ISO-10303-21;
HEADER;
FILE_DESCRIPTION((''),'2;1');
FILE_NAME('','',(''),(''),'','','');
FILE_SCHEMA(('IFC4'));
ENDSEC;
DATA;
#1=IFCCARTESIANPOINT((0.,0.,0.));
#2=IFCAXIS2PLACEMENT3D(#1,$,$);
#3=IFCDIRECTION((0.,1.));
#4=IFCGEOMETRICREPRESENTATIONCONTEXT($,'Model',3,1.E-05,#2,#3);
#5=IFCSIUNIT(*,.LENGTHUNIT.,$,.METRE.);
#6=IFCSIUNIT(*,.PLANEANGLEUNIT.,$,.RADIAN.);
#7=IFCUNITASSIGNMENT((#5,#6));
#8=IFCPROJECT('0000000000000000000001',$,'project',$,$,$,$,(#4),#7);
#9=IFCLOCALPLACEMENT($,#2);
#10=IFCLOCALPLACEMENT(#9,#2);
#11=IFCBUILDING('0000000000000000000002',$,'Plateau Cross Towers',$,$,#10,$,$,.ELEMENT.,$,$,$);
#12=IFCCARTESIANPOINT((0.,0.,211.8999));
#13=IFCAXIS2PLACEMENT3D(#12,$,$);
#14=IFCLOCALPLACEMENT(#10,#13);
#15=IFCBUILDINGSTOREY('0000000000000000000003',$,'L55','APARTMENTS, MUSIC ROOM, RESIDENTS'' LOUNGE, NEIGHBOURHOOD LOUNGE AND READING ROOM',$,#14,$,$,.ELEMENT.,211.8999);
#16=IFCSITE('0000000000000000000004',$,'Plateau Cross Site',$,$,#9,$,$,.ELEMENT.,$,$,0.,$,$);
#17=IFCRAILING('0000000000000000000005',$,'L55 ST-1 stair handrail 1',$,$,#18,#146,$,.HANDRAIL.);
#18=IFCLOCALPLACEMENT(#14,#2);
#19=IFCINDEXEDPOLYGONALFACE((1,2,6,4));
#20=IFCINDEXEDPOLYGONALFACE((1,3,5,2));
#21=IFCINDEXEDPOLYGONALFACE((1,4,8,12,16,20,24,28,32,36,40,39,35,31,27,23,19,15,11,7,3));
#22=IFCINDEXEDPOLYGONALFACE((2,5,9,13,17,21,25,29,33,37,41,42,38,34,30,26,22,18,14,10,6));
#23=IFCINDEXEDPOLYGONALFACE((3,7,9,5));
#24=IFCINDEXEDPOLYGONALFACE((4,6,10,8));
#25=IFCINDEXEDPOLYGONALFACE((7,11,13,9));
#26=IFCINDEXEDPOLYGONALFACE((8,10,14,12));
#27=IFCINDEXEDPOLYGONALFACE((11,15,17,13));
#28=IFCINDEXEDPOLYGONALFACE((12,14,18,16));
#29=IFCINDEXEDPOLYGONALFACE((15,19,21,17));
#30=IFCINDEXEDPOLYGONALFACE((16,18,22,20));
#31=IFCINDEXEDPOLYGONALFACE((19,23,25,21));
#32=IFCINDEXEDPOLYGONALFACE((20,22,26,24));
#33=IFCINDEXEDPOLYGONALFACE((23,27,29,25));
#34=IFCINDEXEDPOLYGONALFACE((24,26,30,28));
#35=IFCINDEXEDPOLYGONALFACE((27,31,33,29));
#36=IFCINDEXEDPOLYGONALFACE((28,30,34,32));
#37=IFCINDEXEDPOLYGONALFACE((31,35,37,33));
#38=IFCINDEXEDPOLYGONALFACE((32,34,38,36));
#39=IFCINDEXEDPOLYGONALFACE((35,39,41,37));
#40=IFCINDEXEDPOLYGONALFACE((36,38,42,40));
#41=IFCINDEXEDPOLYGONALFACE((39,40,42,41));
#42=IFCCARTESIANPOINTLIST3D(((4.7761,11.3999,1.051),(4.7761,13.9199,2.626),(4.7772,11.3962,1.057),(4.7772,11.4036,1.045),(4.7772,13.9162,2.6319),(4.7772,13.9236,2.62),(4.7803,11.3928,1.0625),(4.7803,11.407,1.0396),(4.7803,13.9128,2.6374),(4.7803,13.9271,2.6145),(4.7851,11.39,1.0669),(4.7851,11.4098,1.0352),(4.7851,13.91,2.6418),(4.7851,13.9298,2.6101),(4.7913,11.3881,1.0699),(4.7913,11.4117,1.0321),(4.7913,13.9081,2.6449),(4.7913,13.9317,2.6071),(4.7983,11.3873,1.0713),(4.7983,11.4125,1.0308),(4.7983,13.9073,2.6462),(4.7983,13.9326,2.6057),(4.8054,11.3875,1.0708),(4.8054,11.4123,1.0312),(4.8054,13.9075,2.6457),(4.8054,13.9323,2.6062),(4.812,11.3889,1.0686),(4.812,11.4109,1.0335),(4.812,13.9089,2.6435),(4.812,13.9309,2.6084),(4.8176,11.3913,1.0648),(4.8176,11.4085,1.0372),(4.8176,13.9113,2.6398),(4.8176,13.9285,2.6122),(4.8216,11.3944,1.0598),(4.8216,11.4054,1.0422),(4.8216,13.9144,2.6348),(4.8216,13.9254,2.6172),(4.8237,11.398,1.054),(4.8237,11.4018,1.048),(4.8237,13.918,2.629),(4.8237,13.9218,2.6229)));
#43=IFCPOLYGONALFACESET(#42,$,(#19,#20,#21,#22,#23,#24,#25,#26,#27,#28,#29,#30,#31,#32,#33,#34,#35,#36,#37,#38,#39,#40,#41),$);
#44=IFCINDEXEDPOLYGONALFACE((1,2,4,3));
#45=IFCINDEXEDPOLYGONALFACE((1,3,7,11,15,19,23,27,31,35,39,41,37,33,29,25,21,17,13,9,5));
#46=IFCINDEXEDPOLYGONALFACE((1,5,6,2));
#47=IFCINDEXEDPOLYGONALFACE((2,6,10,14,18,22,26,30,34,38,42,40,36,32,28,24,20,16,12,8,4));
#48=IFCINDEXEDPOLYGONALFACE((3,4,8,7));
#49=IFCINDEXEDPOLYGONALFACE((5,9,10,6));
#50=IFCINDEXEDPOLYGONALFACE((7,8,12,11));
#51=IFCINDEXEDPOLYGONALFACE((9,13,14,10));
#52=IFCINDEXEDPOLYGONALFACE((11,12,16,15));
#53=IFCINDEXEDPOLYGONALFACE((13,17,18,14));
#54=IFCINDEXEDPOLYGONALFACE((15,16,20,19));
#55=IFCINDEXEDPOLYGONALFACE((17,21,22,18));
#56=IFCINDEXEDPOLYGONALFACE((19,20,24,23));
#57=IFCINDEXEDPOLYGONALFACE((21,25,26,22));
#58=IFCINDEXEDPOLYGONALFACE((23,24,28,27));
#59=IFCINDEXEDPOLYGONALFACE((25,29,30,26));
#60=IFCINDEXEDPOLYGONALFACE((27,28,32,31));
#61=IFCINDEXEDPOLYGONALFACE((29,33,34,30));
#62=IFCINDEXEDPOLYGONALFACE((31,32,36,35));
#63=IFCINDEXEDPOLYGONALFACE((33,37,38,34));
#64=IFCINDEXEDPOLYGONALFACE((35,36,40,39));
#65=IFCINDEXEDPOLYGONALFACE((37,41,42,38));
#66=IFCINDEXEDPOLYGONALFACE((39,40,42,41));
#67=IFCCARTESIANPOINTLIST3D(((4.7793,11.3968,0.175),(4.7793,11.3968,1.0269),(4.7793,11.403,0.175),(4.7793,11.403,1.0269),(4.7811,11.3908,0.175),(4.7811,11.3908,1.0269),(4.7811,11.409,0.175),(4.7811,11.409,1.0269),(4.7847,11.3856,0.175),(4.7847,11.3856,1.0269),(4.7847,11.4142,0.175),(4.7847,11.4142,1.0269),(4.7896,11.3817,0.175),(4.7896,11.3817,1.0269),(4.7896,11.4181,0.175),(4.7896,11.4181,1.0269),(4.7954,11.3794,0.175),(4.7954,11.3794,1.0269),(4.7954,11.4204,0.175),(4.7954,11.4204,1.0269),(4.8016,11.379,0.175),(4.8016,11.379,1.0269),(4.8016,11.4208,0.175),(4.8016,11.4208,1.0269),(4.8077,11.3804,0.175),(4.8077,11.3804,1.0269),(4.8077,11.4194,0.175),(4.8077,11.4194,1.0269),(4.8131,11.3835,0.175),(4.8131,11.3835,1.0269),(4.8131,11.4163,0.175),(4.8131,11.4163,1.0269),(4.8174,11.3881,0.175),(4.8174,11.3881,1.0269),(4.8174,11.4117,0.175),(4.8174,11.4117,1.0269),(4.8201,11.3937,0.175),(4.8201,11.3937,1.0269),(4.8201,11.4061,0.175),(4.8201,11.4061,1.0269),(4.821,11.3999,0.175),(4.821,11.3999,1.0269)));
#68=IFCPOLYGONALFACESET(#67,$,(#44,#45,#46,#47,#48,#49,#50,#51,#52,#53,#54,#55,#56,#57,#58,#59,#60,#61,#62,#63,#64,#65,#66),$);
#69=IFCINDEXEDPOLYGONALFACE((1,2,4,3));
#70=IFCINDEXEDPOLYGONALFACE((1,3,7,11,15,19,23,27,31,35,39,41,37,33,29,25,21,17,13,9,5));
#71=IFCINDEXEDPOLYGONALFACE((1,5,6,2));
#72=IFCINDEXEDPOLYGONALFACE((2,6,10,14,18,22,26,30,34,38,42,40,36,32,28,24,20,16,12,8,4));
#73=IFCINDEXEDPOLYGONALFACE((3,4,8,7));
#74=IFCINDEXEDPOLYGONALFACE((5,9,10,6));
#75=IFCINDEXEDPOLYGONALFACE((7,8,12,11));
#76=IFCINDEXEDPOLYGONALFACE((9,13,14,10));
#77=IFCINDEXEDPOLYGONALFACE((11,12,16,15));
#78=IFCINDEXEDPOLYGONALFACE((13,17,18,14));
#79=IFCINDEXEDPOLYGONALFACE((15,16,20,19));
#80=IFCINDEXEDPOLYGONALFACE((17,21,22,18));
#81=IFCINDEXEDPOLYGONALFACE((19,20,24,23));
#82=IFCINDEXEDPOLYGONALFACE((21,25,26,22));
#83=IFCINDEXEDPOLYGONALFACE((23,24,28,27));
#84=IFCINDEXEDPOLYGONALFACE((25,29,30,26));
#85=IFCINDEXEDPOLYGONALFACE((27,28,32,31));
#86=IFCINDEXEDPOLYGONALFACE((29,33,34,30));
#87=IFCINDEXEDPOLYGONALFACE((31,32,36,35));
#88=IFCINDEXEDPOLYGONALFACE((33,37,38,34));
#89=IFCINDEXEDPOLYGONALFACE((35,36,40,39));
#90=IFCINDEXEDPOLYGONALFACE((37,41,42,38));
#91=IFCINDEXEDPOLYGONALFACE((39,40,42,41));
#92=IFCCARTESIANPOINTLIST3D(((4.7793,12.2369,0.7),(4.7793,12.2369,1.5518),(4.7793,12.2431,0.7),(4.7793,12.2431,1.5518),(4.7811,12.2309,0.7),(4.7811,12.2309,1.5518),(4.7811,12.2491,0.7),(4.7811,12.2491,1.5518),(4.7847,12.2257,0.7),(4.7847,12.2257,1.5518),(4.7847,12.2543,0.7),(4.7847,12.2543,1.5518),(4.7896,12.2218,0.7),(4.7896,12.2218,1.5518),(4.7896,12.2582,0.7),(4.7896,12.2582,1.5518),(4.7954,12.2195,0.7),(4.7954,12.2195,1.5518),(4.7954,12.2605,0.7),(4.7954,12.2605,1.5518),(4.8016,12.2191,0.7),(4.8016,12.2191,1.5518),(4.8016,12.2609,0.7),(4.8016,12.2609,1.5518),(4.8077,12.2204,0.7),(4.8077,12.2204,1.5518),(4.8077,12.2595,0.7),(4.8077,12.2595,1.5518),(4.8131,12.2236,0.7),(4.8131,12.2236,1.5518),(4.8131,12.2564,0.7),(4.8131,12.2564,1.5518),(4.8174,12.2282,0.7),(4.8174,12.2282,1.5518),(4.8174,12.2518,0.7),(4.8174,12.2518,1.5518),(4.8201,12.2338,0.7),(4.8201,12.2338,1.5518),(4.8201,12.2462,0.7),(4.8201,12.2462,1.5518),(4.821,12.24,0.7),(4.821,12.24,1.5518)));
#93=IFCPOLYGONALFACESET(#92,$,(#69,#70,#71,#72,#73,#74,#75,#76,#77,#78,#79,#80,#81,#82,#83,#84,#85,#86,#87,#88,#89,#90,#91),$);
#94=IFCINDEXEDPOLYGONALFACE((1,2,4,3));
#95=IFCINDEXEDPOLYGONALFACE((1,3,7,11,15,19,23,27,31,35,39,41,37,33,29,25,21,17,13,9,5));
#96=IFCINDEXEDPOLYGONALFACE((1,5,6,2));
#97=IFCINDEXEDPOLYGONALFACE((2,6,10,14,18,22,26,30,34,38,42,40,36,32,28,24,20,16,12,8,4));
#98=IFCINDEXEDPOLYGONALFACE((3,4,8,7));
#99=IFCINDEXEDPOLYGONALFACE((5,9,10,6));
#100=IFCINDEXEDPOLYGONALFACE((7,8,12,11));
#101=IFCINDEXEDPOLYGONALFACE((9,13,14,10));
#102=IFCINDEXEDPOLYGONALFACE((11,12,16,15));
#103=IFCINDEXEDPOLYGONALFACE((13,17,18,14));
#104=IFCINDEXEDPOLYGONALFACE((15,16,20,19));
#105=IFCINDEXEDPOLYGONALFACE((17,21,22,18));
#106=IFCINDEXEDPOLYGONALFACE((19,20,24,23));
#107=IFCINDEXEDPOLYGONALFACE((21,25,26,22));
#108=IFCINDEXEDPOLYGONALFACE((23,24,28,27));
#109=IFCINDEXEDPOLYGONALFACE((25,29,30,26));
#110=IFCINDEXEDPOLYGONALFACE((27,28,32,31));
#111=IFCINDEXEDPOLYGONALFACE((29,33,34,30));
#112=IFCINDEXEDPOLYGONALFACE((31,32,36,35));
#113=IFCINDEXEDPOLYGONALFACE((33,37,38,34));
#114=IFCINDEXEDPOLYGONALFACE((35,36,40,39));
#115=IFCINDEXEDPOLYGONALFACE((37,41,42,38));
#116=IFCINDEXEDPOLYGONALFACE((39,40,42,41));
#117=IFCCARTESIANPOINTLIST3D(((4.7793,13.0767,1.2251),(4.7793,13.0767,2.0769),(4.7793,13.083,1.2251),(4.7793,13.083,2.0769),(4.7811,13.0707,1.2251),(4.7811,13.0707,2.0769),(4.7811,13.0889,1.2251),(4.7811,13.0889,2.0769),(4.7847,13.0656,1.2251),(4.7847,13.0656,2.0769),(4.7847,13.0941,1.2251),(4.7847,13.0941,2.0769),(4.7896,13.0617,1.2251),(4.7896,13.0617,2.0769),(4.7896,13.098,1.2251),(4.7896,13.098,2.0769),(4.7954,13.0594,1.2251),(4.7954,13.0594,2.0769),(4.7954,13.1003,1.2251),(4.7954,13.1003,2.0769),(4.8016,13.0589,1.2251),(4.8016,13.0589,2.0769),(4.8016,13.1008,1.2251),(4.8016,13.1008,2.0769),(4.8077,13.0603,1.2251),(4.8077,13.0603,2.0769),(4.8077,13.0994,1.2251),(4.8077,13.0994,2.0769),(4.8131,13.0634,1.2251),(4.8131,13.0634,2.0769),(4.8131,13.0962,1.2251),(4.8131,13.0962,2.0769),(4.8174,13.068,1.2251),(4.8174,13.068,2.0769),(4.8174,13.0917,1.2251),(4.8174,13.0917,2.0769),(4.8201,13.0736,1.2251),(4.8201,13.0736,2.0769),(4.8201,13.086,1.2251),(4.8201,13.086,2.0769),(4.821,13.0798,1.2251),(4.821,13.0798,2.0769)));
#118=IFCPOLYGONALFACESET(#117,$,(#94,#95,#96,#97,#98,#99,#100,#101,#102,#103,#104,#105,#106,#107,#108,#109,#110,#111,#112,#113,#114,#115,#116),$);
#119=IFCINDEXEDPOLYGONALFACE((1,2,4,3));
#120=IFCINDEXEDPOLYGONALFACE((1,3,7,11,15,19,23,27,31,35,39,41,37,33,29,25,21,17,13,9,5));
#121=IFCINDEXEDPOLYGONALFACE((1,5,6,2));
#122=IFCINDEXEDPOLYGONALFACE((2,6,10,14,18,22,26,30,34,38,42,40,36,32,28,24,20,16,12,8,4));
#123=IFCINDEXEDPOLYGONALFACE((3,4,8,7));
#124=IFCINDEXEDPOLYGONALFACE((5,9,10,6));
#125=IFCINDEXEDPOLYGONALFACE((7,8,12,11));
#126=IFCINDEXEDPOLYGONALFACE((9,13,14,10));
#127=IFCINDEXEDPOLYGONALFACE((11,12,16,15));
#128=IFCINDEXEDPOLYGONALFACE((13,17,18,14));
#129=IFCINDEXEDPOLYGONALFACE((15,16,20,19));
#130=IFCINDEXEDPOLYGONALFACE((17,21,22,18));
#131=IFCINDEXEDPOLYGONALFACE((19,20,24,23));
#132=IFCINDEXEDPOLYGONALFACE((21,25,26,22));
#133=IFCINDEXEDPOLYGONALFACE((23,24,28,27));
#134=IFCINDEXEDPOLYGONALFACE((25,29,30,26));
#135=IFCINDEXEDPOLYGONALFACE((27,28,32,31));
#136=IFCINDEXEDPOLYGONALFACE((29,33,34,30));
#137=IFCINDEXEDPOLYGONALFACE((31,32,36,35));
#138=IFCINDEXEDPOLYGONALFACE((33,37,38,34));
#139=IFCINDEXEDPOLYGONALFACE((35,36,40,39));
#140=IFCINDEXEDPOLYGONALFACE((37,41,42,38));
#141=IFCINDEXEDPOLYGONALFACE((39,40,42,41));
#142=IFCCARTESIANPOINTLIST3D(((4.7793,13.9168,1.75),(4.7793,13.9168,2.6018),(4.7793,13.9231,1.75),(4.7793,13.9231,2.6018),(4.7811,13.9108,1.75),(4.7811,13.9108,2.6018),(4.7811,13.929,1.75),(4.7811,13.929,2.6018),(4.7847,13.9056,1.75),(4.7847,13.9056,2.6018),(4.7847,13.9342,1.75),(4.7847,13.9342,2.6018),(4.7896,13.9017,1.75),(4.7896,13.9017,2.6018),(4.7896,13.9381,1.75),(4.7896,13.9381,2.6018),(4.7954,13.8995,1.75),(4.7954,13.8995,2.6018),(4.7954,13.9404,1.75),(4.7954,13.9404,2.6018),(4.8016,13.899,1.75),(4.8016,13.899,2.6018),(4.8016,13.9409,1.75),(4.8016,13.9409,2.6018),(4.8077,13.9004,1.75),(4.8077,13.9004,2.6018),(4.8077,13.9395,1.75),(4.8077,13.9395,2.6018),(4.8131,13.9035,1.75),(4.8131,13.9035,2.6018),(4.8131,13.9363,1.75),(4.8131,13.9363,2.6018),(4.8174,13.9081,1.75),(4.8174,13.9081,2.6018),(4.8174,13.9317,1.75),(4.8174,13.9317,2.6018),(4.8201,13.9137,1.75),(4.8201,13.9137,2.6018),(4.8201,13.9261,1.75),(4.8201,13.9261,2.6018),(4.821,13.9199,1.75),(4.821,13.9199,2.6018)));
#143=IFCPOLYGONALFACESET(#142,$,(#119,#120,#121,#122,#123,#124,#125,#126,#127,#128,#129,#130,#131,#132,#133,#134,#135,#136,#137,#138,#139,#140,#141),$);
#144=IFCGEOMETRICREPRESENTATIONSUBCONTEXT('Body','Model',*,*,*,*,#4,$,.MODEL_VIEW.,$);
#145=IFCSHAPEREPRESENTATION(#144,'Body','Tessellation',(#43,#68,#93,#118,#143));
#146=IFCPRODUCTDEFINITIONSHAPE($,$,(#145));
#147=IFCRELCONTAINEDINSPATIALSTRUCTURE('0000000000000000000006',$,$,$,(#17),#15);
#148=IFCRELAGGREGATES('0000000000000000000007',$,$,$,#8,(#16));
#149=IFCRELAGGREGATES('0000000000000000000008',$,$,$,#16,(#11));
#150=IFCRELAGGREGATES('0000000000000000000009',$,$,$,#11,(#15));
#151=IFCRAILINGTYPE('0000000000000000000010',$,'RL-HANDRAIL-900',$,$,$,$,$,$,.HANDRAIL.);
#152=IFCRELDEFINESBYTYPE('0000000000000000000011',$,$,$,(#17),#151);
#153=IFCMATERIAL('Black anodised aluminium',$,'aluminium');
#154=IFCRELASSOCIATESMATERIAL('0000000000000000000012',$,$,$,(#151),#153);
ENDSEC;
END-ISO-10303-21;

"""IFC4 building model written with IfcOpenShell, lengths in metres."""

from ifc_helpers import new_model, si_unit, direction, frame, origin, origin_2d, place, context, subcontext, project, spatial, circle, extrude, material, type_object, element, save


model = new_model("IFC4")

# Units and contexts
model_context = context("Model", 3, precision=1e-05, world=origin(), true_north=direction((0.0, 1.0)))
body_context = subcontext(model_context, "Body", "Model", "MODEL_VIEW")
ifc_project = project(units=[si_unit("LENGTHUNIT", "METRE"), si_unit("PLANEANGLEUNIT", "RADIAN")], contexts=[model_context])

# Site, building, storey
site_placement = place(None, origin())
site = spatial("IfcSite", under=ifc_project, at=site_placement, Name="Plateau Cross Site", CompositionType="ELEMENT", RefElevation=0.0)
building_placement = place(site_placement, origin())
building = spatial("IfcBuilding", under=site, at=building_placement, Name="Plateau Cross Towers", CompositionType="ELEMENT")
storey_placement = place(building_placement, frame((0.0, 0.0, 211.8999)))
storey = spatial("IfcBuildingStorey", under=building, at=storey_placement, Name="L55", Description="APARTMENTS, MUSIC ROOM, RESIDENTS' LOUNGE, NEIGHBOURHOOD LOUNGE AND READING ROOM", CompositionType="ELEMENT", Elevation=211.8999)

# Shared definitions
ifc_material_1 = material(Name="Black anodised aluminium", Category="aluminium")

# Railing
railing_type_1 = type_object("IfcRailingType", Name="RL-HANDRAIL-900", PredefinedType="HANDRAIL", material=ifc_material_1)
railing_1_placement = place(storey_placement, frame((4.8, 11.3999, 0.175)))
element("IfcRailing", 1, at=railing_1_placement, inside=storey, type_object=railing_type_1, Name="L55 ST-1 stair handrail 1", PredefinedType="HANDRAIL", context=body_context, shape_type="SweptSolid", body=[
    extrude(circle(Radius=0.0239, at=origin_2d()), frame((0.0, 0.0, 0.876), z_axis=(0.0, 0.848008, 0.529984), x_axis=(-1.0, 0.0, 0.0)), (0.0, 0.0, 1.0), 2.9717),
    extrude(circle(Radius=0.021, at=origin_2d()), origin(), (0.0, 0.0, 1.0), 0.8518),
    extrude(circle(Radius=0.021, at=origin_2d()), frame((0.0, 0.8401, 0.5249)), (0.0, 0.0, 1.0), 0.8518),
    extrude(circle(Radius=0.021, at=origin_2d()), frame((0.0, 1.6799, 1.05)), (0.0, 0.0, 1.0), 0.8518),
    extrude(circle(Radius=0.021, at=origin_2d()), frame((0.0, 2.52, 1.575)), (0.0, 0.0, 1.0), 0.8518),
])

save(model, "model.ifc")
